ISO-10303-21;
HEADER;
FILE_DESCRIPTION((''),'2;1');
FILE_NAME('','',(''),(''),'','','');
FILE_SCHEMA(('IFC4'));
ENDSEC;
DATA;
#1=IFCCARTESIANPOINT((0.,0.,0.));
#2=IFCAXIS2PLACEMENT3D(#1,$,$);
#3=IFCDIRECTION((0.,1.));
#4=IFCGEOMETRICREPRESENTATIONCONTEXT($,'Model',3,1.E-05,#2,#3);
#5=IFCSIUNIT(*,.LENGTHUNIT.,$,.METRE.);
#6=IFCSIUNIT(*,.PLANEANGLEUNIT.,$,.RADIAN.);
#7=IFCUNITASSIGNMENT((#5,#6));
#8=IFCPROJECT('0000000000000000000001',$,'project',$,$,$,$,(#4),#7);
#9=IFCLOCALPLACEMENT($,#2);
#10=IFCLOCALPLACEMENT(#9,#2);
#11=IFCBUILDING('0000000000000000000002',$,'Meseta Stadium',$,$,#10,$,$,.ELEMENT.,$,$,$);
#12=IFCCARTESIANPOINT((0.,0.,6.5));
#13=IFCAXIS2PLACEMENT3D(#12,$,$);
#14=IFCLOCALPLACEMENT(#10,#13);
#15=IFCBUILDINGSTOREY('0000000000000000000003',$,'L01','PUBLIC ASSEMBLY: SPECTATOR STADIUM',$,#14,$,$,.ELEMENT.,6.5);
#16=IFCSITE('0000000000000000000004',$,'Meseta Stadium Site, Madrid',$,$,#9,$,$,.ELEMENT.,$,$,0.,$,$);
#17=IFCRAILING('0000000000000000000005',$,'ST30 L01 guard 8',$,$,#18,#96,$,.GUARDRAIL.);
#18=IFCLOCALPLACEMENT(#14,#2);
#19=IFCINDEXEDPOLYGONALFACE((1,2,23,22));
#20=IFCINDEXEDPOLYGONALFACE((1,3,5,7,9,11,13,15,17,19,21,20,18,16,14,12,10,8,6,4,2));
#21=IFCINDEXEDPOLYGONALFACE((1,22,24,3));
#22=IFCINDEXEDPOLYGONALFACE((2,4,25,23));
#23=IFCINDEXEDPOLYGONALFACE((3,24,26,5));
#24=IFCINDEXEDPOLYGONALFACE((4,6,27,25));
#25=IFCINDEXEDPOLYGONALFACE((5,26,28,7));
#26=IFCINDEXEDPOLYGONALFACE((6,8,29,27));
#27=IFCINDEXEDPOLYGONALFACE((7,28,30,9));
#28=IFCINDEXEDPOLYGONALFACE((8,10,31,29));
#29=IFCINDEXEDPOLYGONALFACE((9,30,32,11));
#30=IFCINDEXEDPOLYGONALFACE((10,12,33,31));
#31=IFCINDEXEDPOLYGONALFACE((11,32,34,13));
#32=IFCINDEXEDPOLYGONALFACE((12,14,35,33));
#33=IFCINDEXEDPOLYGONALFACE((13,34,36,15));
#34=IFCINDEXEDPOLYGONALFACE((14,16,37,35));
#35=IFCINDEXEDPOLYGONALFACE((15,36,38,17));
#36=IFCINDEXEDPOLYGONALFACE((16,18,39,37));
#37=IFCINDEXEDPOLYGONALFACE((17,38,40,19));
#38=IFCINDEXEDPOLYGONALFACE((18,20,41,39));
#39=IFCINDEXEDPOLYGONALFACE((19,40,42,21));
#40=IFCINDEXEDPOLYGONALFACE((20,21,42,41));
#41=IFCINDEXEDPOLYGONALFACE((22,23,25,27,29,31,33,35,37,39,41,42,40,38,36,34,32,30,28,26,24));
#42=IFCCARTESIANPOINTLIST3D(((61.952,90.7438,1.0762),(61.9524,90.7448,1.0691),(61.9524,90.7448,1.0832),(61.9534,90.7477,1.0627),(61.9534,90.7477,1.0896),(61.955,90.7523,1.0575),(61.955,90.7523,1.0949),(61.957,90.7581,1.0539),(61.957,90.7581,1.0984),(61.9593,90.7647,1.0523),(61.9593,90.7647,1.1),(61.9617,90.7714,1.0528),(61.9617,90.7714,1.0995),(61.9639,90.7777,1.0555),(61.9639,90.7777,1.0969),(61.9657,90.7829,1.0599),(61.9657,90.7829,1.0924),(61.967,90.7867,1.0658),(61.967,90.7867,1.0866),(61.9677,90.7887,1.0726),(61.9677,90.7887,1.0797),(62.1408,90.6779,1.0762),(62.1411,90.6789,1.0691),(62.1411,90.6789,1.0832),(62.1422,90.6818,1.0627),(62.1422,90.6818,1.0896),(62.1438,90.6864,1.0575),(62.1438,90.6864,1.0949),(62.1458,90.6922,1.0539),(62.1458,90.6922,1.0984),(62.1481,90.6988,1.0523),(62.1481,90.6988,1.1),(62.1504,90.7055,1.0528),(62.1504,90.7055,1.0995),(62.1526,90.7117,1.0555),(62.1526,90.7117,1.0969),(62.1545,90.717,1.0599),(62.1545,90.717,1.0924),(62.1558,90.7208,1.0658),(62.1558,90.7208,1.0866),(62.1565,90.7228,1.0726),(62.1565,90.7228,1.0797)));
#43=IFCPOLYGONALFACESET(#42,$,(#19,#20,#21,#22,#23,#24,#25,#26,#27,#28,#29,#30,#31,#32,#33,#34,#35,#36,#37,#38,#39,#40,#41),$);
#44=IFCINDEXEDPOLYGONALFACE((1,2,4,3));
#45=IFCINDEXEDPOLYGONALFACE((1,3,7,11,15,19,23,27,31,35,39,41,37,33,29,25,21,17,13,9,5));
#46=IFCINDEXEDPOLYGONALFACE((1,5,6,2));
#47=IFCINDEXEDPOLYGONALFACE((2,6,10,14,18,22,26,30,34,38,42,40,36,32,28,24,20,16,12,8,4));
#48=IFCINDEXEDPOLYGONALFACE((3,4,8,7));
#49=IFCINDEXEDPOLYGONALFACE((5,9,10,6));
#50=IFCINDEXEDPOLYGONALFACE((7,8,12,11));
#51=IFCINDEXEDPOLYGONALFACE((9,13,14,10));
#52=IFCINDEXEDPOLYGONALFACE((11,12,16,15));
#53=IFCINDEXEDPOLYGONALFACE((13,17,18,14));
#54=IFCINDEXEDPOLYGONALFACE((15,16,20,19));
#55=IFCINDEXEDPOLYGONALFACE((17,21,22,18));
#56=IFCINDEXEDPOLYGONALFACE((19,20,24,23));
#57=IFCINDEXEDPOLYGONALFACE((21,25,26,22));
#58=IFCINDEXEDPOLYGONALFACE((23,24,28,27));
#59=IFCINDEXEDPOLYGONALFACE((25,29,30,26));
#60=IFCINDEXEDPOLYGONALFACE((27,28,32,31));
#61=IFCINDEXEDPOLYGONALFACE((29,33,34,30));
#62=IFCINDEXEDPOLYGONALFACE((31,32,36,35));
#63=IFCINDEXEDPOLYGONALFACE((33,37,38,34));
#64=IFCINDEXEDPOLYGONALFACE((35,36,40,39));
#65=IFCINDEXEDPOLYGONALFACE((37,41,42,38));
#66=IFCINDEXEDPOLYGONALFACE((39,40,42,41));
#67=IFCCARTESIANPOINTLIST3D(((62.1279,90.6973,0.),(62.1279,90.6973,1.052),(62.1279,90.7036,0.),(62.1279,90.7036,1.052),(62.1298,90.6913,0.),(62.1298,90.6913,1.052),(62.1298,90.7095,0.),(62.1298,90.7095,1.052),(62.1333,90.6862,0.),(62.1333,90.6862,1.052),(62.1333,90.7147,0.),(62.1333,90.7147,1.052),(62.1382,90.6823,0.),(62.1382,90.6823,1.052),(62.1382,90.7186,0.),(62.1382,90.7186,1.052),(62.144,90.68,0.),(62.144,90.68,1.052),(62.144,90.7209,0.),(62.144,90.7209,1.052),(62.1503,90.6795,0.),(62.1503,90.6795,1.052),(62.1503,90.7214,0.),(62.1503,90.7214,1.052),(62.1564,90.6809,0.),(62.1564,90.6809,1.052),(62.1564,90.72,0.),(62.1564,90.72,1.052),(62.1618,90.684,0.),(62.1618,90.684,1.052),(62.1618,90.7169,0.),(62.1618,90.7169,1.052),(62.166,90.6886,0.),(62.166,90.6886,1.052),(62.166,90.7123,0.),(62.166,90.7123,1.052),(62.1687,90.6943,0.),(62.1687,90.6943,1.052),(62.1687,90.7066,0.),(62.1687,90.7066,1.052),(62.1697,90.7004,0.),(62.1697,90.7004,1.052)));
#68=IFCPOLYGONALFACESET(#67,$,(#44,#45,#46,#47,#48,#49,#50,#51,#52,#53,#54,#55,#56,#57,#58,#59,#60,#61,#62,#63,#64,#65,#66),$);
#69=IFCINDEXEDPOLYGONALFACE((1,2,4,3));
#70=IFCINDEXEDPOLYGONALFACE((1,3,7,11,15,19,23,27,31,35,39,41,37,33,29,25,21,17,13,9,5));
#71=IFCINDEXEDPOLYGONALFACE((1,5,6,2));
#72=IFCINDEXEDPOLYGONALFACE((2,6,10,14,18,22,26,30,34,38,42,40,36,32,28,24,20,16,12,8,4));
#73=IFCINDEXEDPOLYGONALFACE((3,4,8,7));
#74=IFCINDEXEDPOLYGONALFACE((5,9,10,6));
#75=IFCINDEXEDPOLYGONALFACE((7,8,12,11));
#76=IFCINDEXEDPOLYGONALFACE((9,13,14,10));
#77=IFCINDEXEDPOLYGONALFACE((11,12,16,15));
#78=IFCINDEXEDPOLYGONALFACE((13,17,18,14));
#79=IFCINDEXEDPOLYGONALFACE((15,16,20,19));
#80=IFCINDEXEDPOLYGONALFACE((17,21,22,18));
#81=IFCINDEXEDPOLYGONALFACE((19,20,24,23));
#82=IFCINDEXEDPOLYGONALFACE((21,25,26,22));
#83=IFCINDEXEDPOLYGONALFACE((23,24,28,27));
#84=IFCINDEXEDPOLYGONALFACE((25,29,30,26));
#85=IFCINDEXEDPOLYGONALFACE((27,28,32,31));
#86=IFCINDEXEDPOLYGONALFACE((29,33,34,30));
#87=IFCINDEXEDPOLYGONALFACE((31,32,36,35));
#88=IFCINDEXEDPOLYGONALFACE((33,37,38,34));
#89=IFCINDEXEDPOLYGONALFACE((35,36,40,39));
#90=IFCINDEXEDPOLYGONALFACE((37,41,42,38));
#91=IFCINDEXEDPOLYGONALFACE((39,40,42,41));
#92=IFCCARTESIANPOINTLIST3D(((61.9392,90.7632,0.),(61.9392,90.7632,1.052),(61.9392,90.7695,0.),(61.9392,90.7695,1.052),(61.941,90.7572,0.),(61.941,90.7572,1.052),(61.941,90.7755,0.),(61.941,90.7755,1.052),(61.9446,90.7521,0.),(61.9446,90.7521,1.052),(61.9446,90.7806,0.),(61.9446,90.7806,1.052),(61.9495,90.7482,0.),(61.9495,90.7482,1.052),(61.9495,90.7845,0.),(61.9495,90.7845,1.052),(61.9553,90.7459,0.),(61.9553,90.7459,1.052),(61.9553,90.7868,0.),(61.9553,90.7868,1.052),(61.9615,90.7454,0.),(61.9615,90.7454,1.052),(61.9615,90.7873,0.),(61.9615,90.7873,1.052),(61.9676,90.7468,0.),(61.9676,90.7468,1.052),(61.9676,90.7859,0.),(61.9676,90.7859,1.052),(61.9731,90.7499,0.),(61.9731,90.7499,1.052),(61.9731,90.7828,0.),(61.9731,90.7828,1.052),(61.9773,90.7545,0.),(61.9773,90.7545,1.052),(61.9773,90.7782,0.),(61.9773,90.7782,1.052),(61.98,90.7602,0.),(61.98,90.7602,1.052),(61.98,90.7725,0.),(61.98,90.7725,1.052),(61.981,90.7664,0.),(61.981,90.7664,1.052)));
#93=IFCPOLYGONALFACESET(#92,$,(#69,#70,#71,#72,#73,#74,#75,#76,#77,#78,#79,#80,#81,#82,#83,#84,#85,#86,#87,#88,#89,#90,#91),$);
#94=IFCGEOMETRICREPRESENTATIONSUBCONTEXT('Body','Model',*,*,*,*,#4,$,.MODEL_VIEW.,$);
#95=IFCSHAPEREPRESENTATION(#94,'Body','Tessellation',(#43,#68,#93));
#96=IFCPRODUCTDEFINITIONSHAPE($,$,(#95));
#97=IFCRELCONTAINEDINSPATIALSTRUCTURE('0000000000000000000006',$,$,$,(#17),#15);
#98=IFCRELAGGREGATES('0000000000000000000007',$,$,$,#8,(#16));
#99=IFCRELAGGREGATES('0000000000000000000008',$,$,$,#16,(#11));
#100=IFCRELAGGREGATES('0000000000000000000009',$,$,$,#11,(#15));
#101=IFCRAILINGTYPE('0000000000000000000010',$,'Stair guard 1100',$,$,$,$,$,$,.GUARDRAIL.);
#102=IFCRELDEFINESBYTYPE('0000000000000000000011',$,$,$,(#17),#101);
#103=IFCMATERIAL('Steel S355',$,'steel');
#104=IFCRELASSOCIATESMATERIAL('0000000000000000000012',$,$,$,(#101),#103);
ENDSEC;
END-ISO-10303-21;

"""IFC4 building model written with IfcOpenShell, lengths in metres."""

from ifc_helpers import new_model, si_unit, direction, frame, origin, origin_2d, place, context, subcontext, project, spatial, circle, extrude, material, type_object, element, save


model = new_model("IFC4")

# Units and contexts
model_context = context("Model", 3, precision=1e-05, world=origin(), true_north=direction((0.0, 1.0)))
body_context = subcontext(model_context, "Body", "Model", "MODEL_VIEW")
ifc_project = project(units=[si_unit("LENGTHUNIT", "METRE"), si_unit("PLANEANGLEUNIT", "RADIAN")], contexts=[model_context])

# Site, building, storey
site_placement = place(None, origin())
site = spatial("IfcSite", under=ifc_project, at=site_placement, Name="Meseta Stadium Site, Madrid", CompositionType="ELEMENT", RefElevation=0.0)
building_placement = place(site_placement, origin())
building = spatial("IfcBuilding", under=site, at=building_placement, Name="Meseta Stadium", CompositionType="ELEMENT")
storey_placement = place(building_placement, frame((0.0, 0.0, 6.5)))
storey = spatial("IfcBuildingStorey", under=building, at=storey_placement, Name="L01", Description="PUBLIC ASSEMBLY: SPECTATOR STADIUM", CompositionType="ELEMENT", Elevation=6.5)

# Railing
ifc_material_1 = material(Name="Steel S355", Category="steel")
railing_type_1 = type_object("IfcRailingType", Name="Stair guard 1100", PredefinedType="GUARDRAIL", material=ifc_material_1)
railing_1_placement = place(storey_placement, frame((62.1487, 90.7004, 0.0)))
element("IfcRailing", 1, at=railing_1_placement, inside=storey, type_object=railing_type_1, Name="ST30 L01 guard 8", PredefinedType="GUARDRAIL", context=body_context, shape_type="SweptSolid", body=[
    extrude(circle(Radius=0.0239, at=origin_2d()), frame((0.0, 0.0, 1.0762), z_axis=(-0.944068, 0.329752, 0.0), x_axis=(-0.329752, -0.944068, 0.0)), (0.0, 0.0, 1.0), 0.2),
    extrude(circle(Radius=0.021, at=origin_2d()), origin(), (0.0, 0.0, 1.0), 1.052),
    extrude(circle(Radius=0.021, at=origin_2d()), frame((-0.1887, 0.0659, 0.0)), (0.0, 0.0, 1.0), 1.052),
])

save(model, "model.ifc")
